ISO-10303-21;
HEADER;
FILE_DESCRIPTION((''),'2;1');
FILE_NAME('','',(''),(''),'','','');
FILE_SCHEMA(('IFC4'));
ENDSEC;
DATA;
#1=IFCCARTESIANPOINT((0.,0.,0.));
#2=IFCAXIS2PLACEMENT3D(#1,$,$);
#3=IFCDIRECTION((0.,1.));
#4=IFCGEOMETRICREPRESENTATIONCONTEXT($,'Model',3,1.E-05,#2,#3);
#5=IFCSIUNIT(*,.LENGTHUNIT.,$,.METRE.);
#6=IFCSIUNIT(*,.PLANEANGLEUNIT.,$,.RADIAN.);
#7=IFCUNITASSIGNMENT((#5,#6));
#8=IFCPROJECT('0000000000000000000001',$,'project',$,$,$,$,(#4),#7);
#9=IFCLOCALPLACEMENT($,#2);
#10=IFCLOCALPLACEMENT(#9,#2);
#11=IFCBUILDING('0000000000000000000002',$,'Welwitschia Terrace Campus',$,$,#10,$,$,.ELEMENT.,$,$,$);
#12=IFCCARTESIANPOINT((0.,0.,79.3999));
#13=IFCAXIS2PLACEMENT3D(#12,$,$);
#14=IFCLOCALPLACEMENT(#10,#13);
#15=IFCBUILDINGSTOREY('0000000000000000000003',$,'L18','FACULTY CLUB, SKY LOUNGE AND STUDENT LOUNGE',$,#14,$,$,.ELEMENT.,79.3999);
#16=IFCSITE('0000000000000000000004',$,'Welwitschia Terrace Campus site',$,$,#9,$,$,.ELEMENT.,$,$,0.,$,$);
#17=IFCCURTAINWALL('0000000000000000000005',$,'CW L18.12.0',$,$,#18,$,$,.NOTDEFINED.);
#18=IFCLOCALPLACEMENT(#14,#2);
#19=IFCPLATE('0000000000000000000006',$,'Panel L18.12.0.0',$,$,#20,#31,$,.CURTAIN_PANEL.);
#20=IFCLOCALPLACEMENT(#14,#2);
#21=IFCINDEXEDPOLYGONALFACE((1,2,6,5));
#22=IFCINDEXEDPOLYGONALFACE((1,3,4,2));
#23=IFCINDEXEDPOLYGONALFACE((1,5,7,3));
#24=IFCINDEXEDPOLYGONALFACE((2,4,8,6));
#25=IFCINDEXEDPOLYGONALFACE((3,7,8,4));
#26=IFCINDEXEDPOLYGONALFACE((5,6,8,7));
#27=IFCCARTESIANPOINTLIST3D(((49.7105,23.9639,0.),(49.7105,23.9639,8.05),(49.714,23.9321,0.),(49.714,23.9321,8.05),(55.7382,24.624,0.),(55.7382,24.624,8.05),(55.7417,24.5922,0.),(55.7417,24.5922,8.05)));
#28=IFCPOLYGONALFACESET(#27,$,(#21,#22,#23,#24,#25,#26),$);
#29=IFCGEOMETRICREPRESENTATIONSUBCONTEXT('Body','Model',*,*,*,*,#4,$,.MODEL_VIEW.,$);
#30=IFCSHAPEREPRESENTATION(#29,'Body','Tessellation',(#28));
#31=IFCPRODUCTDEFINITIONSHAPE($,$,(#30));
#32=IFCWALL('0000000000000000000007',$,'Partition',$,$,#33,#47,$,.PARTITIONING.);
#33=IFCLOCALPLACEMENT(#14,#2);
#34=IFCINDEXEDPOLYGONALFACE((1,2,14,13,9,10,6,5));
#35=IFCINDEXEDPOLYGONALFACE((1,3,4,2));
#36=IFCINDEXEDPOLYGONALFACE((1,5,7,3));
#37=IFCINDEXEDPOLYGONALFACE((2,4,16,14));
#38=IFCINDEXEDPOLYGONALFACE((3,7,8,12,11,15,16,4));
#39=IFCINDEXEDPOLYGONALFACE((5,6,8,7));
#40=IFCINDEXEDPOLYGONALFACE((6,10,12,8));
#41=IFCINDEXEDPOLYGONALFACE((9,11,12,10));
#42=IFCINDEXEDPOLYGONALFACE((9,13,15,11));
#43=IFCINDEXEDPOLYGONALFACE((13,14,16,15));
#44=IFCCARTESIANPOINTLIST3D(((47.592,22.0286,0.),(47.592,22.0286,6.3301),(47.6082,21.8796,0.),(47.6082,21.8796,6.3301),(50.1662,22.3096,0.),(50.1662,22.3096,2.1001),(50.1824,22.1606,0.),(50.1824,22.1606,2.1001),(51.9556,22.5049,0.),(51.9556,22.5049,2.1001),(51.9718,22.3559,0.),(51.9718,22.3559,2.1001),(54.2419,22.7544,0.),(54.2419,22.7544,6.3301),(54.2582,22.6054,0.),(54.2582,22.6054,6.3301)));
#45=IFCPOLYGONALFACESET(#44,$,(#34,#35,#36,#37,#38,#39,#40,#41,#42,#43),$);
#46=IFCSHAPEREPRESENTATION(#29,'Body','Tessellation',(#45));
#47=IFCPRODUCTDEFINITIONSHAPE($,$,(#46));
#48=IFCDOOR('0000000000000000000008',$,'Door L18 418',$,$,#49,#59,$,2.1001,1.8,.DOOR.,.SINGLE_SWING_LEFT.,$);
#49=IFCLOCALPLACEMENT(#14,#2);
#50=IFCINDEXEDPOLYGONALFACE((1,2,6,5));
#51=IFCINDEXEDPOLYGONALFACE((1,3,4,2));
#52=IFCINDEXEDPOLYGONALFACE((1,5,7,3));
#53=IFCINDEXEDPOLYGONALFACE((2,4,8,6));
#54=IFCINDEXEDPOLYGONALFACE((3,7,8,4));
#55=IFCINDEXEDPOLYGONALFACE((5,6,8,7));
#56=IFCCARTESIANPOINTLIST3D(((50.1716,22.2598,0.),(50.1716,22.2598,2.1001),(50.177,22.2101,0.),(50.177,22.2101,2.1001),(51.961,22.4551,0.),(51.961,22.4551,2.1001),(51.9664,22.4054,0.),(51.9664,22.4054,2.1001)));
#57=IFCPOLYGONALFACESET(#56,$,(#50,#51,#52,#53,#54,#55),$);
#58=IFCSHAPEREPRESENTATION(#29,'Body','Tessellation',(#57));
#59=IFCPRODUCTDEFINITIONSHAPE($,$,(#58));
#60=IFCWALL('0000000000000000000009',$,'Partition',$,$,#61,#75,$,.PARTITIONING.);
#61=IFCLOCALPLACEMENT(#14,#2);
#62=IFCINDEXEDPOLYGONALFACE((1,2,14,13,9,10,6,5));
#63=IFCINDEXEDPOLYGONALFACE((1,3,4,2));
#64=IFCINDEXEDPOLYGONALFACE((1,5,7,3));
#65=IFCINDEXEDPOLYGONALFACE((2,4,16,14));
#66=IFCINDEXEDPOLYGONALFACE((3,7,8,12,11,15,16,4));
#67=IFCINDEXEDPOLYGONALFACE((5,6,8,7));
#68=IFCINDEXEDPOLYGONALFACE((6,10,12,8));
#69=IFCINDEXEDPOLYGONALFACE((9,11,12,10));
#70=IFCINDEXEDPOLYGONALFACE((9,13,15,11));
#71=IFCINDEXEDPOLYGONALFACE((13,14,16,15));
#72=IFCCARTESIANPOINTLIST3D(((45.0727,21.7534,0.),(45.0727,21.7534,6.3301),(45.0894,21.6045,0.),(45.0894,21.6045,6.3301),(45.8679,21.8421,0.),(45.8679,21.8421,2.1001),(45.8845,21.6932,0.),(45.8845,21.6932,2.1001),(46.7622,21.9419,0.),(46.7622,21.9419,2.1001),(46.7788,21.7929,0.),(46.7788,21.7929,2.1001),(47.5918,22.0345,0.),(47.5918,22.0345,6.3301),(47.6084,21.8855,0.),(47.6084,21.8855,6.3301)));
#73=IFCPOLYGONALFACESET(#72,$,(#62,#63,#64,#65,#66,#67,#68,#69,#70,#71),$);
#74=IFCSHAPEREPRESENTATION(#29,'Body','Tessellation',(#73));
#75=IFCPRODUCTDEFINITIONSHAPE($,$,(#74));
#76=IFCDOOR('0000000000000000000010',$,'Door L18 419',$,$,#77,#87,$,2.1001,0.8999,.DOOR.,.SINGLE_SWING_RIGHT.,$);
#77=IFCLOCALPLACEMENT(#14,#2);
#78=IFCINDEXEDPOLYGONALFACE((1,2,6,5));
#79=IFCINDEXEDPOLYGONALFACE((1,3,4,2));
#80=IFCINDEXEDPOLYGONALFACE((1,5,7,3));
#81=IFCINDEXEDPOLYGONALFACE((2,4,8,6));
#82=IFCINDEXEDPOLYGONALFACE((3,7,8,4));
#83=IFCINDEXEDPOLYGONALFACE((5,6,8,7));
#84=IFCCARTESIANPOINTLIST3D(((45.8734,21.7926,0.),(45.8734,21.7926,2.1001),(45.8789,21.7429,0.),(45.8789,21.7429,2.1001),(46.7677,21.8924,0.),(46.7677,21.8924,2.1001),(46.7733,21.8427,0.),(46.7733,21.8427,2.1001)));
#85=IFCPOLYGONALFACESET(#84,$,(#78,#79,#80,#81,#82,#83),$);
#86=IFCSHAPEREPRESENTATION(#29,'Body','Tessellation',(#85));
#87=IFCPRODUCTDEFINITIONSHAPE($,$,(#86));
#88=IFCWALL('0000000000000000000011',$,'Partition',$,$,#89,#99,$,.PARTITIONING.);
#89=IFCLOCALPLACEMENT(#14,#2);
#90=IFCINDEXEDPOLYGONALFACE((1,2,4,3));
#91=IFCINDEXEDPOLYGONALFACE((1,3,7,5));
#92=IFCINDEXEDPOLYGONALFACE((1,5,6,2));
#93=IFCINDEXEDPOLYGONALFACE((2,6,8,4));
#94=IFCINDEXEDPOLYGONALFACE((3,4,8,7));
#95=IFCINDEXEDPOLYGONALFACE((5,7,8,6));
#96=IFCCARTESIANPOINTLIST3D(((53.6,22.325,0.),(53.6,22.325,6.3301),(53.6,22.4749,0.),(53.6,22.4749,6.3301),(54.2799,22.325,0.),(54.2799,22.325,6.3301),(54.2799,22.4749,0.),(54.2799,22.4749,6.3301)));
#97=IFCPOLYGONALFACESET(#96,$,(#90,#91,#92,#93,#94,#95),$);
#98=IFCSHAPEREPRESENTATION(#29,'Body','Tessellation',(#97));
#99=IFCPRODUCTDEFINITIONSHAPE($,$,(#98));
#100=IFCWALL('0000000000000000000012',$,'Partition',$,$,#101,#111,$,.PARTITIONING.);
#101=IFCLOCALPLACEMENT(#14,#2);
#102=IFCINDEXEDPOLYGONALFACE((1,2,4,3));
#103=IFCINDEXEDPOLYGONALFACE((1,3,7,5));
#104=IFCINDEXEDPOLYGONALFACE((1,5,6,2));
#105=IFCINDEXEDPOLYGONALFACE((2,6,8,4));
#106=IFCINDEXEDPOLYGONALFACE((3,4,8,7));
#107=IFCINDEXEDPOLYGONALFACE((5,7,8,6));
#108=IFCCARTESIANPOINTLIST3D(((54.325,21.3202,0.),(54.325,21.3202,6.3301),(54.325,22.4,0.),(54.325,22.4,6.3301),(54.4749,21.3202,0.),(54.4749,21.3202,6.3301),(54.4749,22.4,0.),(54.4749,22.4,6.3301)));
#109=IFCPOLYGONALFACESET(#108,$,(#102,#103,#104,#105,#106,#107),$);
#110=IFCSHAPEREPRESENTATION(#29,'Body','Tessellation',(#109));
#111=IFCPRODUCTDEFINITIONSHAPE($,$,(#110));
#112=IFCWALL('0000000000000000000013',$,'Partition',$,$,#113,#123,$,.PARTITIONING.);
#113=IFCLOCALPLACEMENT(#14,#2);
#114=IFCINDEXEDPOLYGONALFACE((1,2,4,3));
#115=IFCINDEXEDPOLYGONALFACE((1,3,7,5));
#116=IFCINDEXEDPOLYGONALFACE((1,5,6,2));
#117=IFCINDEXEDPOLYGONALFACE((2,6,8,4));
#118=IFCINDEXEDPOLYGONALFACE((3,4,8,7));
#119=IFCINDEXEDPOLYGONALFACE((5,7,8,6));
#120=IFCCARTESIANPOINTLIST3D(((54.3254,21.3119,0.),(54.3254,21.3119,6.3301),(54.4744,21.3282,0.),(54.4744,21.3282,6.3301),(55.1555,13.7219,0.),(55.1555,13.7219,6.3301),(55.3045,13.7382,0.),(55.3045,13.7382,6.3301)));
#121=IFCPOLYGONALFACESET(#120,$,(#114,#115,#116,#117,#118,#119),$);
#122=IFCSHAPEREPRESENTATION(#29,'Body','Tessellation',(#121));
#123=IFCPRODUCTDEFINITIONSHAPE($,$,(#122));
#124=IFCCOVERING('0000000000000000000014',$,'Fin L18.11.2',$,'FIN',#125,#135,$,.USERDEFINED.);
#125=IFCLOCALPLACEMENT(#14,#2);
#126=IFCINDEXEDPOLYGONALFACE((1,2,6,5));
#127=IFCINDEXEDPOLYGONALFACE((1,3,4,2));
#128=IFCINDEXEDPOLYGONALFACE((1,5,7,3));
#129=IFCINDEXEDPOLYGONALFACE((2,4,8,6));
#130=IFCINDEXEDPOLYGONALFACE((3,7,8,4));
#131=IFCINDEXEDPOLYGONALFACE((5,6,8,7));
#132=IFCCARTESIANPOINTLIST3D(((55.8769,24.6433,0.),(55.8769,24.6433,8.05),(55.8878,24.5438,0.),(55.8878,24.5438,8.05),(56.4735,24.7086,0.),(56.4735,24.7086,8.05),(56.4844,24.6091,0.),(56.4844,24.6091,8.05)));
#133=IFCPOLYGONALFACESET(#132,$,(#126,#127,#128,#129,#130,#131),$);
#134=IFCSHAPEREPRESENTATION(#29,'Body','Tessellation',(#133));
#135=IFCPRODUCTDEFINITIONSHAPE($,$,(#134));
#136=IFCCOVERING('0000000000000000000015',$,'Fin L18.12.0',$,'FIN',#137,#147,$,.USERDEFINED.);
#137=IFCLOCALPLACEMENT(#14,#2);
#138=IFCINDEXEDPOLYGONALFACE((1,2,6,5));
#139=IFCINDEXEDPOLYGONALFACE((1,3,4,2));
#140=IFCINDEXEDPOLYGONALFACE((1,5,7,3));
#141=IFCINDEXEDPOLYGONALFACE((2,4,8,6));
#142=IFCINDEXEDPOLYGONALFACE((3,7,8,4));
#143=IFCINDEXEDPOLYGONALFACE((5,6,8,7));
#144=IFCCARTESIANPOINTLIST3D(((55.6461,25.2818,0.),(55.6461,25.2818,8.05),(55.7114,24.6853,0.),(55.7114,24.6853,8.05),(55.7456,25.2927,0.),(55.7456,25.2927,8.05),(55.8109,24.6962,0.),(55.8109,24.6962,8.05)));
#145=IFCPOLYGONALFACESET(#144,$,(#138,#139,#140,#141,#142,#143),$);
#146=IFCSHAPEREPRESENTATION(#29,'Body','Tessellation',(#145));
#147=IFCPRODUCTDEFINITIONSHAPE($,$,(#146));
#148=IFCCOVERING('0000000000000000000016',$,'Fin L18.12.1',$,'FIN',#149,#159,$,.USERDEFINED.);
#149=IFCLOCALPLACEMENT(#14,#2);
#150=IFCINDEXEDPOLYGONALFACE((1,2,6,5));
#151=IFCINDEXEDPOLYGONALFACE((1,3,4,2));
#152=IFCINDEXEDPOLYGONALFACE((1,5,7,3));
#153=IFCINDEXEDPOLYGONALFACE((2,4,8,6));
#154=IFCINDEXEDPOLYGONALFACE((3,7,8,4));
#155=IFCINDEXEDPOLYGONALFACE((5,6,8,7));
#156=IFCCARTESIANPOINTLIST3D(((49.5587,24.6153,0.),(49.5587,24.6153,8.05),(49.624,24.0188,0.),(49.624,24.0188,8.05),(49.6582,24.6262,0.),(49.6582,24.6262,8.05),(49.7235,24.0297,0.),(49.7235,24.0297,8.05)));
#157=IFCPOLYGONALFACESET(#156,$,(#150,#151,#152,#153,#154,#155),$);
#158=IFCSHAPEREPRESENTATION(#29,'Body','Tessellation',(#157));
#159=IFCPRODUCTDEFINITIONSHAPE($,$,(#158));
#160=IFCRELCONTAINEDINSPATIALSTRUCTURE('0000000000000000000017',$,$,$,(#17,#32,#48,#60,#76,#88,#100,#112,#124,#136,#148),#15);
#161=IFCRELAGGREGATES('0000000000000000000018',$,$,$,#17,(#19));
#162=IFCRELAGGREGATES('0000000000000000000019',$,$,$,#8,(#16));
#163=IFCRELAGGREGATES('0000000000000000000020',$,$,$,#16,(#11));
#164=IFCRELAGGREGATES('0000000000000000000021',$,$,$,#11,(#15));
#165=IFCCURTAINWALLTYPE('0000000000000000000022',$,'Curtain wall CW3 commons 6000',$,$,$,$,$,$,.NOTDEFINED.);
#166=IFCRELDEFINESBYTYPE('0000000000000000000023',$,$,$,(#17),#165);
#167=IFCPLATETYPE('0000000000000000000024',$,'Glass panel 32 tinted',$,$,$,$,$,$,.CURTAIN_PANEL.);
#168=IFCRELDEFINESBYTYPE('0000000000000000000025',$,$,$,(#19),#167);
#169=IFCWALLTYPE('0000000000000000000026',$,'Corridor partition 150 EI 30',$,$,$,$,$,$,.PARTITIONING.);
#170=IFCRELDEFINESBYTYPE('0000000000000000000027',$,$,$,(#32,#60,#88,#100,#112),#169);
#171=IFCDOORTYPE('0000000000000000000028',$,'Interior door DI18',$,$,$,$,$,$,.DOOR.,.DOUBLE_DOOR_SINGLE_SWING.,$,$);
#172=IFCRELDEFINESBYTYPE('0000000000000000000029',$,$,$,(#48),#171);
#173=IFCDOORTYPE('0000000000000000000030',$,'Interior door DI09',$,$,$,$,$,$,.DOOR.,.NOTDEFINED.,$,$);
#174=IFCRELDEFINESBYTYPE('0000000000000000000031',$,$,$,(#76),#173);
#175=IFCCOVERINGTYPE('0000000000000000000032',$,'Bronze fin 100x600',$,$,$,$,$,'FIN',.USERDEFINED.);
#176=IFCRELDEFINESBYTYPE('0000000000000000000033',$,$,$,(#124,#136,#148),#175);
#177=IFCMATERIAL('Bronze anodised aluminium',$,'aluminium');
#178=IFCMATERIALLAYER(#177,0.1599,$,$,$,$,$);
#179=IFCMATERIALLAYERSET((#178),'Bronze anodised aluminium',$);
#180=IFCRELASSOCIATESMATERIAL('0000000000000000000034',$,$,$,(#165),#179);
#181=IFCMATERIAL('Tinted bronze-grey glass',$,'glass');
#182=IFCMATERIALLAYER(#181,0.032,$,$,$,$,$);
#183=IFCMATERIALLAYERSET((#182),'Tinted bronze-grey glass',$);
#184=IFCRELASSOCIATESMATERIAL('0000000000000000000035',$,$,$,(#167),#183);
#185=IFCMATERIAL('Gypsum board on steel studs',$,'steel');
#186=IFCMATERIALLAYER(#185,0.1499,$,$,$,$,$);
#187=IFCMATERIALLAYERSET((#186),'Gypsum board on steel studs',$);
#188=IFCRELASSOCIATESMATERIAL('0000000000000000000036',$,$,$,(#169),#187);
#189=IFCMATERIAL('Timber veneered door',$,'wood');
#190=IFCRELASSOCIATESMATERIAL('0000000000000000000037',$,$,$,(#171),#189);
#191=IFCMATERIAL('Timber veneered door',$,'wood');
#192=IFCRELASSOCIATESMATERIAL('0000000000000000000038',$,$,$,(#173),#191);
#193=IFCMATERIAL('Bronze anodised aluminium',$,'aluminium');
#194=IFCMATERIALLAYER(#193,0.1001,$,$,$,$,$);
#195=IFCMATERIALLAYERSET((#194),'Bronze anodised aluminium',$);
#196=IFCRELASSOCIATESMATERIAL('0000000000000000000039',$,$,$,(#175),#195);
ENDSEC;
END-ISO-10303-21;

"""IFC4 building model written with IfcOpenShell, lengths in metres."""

from ifc_helpers import new_model, si_unit, direction, frame, frame_2d, origin, origin_2d, place, context, subcontext, project, spatial, rectangle, extrude, material, layer, layer_set, type_object, element, fill, aggregate, save


model = new_model("IFC4")

# Units and contexts
model_context = context("Model", 3, precision=1e-05, world=origin(), true_north=direction((0.0, 1.0)))
body_context = subcontext(model_context, "Body", "Model", "MODEL_VIEW")
ifc_project = project(units=[si_unit("LENGTHUNIT", "METRE"), si_unit("PLANEANGLEUNIT", "RADIAN")], contexts=[model_context])

# Site, building, storey
site_placement = place(None, origin())
site = spatial("IfcSite", under=ifc_project, at=site_placement, Name="Welwitschia Terrace Campus site", CompositionType="ELEMENT", RefElevation=0.0)
building_placement = place(site_placement, origin())
building = spatial("IfcBuilding", under=site, at=building_placement, Name="Welwitschia Terrace Campus", CompositionType="ELEMENT")
storey_placement = place(building_placement, frame((0.0, 0.0, 79.3999)))
storey = spatial("IfcBuildingStorey", under=building, at=storey_placement, Name="L18", Description="FACULTY CLUB, SKY LOUNGE AND STUDENT LOUNGE", CompositionType="ELEMENT", Elevation=79.3999)

# Shared definitions
ifc_material_1 = material(Name="Bronze anodised aluminium", Category="aluminium")
ifc_layer_1 = layer(ifc_material_1, 0.1599)
ifc_layer_set_1 = layer_set([ifc_layer_1], Name="Bronze anodised aluminium")
curtain_wall_type = type_object("IfcCurtainWallType", Name="Curtain wall CW3 commons 6000", PredefinedType="NOTDEFINED", material=ifc_layer_set_1)

# Curtain wall
curtain_wall_1_placement = place(storey_placement, origin())
curtain_wall_1 = element("IfcCurtainWall", 1, at=curtain_wall_1_placement, inside=storey, type_object=curtain_wall_type, Name="CW L18.12.0", PredefinedType="NOTDEFINED")

# Plate
ifc_material_2 = material(Name="Tinted bronze-grey glass", Category="glass")
ifc_layer_2 = layer(ifc_material_2, 0.032)
ifc_layer_set_2 = layer_set([ifc_layer_2], Name="Tinted bronze-grey glass")
plate_type = type_object("IfcPlateType", Name="Glass panel 32 tinted", PredefinedType="CURTAIN_PANEL", material=ifc_layer_set_2)
plate_1_placement = place(storey_placement, frame((52.7261, 24.2781, 0.0), z_axis=(0.0, 0.0, 1.0), x_axis=(-0.994056, -0.108867, 0.0)))
plate_1 = element("IfcPlate", 2, at=plate_1_placement, type_object=plate_type, Name="Panel L18.12.0.0", PredefinedType="CURTAIN_PANEL", context=body_context, shape_type="SweptSolid", body=[
    extrude(rectangle(XDim=6.0637, YDim=0.032, at=origin_2d()), origin(), (0.0, 0.0, 1.0), 8.05),
])
aggregate(curtain_wall_1, [plate_1])

# Walls, openings, doors
ifc_material_3 = material(Name="Gypsum board on steel studs", Category="steel")
ifc_layer_3 = layer(ifc_material_3, 0.1499)
ifc_layer_set_3 = layer_set([ifc_layer_3], Name="Gypsum board on steel studs")
wall_type = type_object("IfcWallType", Name="Corridor partition 150 EI 30", PredefinedType="PARTITIONING", material=ifc_layer_set_3)
wall_1_placement = place(storey_placement, frame((47.6001, 21.9541, 0.0), z_axis=(0.0, 0.0, 1.0), x_axis=(0.994096, 0.108505, 0.0)))
wall_1 = element("IfcWall", 3, at=wall_1_placement, inside=storey, type_object=wall_type, Name="Partition", PredefinedType="PARTITIONING", context=body_context, shape_type="SweptSolid", body=[
    extrude(rectangle(XDim=6.6895, YDim=0.1499, at=frame_2d((3.3447, 0.0))), origin(), (0.0, 0.0, 1.0), 6.3301),
])
opening_1_placement = place(wall_1_placement, frame((2.5896, 0.0, 0.0)))
opening_1 = element("IfcOpeningElement", 4, at=opening_1_placement, cuts=wall_1, PredefinedType="OPENING", context=body_context, shape_type="SweptSolid", body=[
    extrude(rectangle(XDim=1.8, YDim=2.1001, at=frame_2d((0.8999, 1.05))), frame((0.0, 0.085, 0.0), z_axis=(0.0, -1.0, 0.0), x_axis=(1.0, 0.0, 0.0)), (0.0, 0.0, 1.0), 0.1699),
])
ifc_material_4 = material(Name="Timber veneered door", Category="wood")
door_type_1 = type_object("IfcDoorType", Name="Interior door DI18", OperationType="DOUBLE_DOOR_SINGLE_SWING", PredefinedType="DOOR", material=ifc_material_4)
door_1_placement = place(opening_1_placement, origin())
door_1 = element("IfcDoor", 5, at=door_1_placement, inside=storey, type_object=door_type_1, Name="Door L18 418", OperationType="SINGLE_SWING_LEFT", OverallHeight=2.1001, OverallWidth=1.8, PredefinedType="DOOR", context=body_context, shape_type="SweptSolid", body=[
    extrude(rectangle(XDim=1.8, YDim=2.1001, at=frame_2d((0.8999, 1.05))), frame((0.0, 0.0249, 0.0), z_axis=(0.0, -1.0, 0.0), x_axis=(1.0, 0.0, 0.0)), (0.0, 0.0, 1.0), 0.05),
])
fill(opening_1, door_1)
wall_2_placement = place(storey_placement, frame((47.6001, 21.96, 0.0), z_axis=(0.0, 0.0, 1.0), x_axis=(-0.993835, -0.110865, 0.0)))
wall_2 = element("IfcWall", 6, at=wall_2_placement, inside=storey, type_object=wall_type, Name="Partition", PredefinedType="PARTITIONING", context=body_context, shape_type="SweptSolid", body=[
    extrude(rectangle(XDim=2.5347, YDim=0.1499, at=frame_2d((1.2673, 0.0))), origin(), (0.0, 0.0, 1.0), 6.3301),
])
opening_2_placement = place(wall_2_placement, frame((0.8347, 0.0, 0.0)))
opening_2 = element("IfcOpeningElement", 7, at=opening_2_placement, cuts=wall_2, PredefinedType="OPENING", context=body_context, shape_type="SweptSolid", body=[
    extrude(rectangle(XDim=0.8999, YDim=2.1001, at=frame_2d((0.45, 1.05))), frame((0.0, 0.085, 0.0), z_axis=(0.0, -1.0, 0.0), x_axis=(1.0, 0.0, 0.0)), (0.0, 0.0, 1.0), 0.1699),
])
ifc_material_5 = material(Name="Timber veneered door", Category="wood")
door_type_2 = type_object("IfcDoorType", Name="Interior door DI09", OperationType="NOTDEFINED", PredefinedType="DOOR", material=ifc_material_5)
door_2_placement = place(opening_2_placement, origin())
door_2 = element("IfcDoor", 8, at=door_2_placement, inside=storey, type_object=door_type_2, Name="Door L18 419", OperationType="SINGLE_SWING_RIGHT", OverallHeight=2.1001, OverallWidth=0.8999, PredefinedType="DOOR", context=body_context, shape_type="SweptSolid", body=[
    extrude(rectangle(XDim=0.8999, YDim=2.1001, at=frame_2d((0.45, 1.05))), frame((0.0, 0.0249, 0.0), z_axis=(0.0, -1.0, 0.0), x_axis=(1.0, 0.0, 0.0)), (0.0, 0.0, 1.0), 0.05),
])
fill(opening_2, door_2)

# Walls
wall_3_placement = place(storey_placement, frame((53.6001, 22.3999, 0.0), z_axis=(0.0, 0.0, 1.0), x_axis=(1.0, 0.0, 0.0)))
element("IfcWall", 9, at=wall_3_placement, inside=storey, type_object=wall_type, Name="Partition", PredefinedType="PARTITIONING", context=body_context, shape_type="SweptSolid", body=[
    extrude(rectangle(XDim=0.6799, YDim=0.1499, at=frame_2d((0.3398, 0.0))), origin(), (0.0, 0.0, 1.0), 6.3301),
])
wall_4_placement = place(storey_placement, frame((54.3999, 21.3201, 0.0), z_axis=(0.0, 0.0, 1.0), x_axis=(0.0, 1.0, 0.0)))
element("IfcWall", 10, at=wall_4_placement, inside=storey, type_object=wall_type, Name="Partition", PredefinedType="PARTITIONING", context=body_context, shape_type="SweptSolid", body=[
    extrude(rectangle(XDim=1.0798, YDim=0.1499, at=frame_2d((0.54, 0.0))), origin(), (0.0, 0.0, 1.0), 6.3301),
])
wall_5_placement = place(storey_placement, frame((54.3999, 21.3201, 0.0), z_axis=(0.0, 0.0, 1.0), x_axis=(0.108715, -0.994073, 0.0)))
element("IfcWall", 11, at=wall_5_placement, inside=storey, type_object=wall_type, Name="Partition", PredefinedType="PARTITIONING", context=body_context, shape_type="SweptSolid", body=[
    extrude(rectangle(XDim=7.6353, YDim=0.1499, at=frame_2d((3.8176, 0.0))), origin(), (0.0, 0.0, 1.0), 6.3301),
])

# Coverings
ifc_material_6 = material(Name="Bronze anodised aluminium", Category="aluminium")
ifc_layer_4 = layer(ifc_material_6, 0.1001)
ifc_layer_set_4 = layer_set([ifc_layer_4], Name="Bronze anodised aluminium")
covering_type = type_object("IfcCoveringType", Name="Bronze fin 100x600", ElementType="FIN", PredefinedType="USERDEFINED", material=ifc_layer_set_4)
for number, where, z_axis, x_axis, name in (
    (12, (56.1807, 24.6262, 0.0), (0.0, 0.0, 1.0), (-0.108867, 0.994056, 0.0), "Fin L18.11.2"),
    (13, (55.7285, 24.989, 0.0), (0.0, 0.0, 1.0), (-0.994056, -0.108867, 0.0), "Fin L18.12.0"),
    (14, (49.6411, 24.3225, 0.0), (0.0, 0.0, 1.0), (-0.994056, -0.108867, 0.0), "Fin L18.12.1"),
):
    element("IfcCovering", number, at=place(storey_placement, frame(where, z_axis=z_axis, x_axis=x_axis)), inside=storey, type_object=covering_type, Name=name, ObjectType="FIN", PredefinedType="USERDEFINED", context=body_context, shape_type="SweptSolid", body=[
        extrude(rectangle(XDim=0.1001, YDim=0.6001, at=origin_2d()), origin(), (0.0, 0.0, 1.0), 8.05),
    ])

save(model, "model.ifc")
